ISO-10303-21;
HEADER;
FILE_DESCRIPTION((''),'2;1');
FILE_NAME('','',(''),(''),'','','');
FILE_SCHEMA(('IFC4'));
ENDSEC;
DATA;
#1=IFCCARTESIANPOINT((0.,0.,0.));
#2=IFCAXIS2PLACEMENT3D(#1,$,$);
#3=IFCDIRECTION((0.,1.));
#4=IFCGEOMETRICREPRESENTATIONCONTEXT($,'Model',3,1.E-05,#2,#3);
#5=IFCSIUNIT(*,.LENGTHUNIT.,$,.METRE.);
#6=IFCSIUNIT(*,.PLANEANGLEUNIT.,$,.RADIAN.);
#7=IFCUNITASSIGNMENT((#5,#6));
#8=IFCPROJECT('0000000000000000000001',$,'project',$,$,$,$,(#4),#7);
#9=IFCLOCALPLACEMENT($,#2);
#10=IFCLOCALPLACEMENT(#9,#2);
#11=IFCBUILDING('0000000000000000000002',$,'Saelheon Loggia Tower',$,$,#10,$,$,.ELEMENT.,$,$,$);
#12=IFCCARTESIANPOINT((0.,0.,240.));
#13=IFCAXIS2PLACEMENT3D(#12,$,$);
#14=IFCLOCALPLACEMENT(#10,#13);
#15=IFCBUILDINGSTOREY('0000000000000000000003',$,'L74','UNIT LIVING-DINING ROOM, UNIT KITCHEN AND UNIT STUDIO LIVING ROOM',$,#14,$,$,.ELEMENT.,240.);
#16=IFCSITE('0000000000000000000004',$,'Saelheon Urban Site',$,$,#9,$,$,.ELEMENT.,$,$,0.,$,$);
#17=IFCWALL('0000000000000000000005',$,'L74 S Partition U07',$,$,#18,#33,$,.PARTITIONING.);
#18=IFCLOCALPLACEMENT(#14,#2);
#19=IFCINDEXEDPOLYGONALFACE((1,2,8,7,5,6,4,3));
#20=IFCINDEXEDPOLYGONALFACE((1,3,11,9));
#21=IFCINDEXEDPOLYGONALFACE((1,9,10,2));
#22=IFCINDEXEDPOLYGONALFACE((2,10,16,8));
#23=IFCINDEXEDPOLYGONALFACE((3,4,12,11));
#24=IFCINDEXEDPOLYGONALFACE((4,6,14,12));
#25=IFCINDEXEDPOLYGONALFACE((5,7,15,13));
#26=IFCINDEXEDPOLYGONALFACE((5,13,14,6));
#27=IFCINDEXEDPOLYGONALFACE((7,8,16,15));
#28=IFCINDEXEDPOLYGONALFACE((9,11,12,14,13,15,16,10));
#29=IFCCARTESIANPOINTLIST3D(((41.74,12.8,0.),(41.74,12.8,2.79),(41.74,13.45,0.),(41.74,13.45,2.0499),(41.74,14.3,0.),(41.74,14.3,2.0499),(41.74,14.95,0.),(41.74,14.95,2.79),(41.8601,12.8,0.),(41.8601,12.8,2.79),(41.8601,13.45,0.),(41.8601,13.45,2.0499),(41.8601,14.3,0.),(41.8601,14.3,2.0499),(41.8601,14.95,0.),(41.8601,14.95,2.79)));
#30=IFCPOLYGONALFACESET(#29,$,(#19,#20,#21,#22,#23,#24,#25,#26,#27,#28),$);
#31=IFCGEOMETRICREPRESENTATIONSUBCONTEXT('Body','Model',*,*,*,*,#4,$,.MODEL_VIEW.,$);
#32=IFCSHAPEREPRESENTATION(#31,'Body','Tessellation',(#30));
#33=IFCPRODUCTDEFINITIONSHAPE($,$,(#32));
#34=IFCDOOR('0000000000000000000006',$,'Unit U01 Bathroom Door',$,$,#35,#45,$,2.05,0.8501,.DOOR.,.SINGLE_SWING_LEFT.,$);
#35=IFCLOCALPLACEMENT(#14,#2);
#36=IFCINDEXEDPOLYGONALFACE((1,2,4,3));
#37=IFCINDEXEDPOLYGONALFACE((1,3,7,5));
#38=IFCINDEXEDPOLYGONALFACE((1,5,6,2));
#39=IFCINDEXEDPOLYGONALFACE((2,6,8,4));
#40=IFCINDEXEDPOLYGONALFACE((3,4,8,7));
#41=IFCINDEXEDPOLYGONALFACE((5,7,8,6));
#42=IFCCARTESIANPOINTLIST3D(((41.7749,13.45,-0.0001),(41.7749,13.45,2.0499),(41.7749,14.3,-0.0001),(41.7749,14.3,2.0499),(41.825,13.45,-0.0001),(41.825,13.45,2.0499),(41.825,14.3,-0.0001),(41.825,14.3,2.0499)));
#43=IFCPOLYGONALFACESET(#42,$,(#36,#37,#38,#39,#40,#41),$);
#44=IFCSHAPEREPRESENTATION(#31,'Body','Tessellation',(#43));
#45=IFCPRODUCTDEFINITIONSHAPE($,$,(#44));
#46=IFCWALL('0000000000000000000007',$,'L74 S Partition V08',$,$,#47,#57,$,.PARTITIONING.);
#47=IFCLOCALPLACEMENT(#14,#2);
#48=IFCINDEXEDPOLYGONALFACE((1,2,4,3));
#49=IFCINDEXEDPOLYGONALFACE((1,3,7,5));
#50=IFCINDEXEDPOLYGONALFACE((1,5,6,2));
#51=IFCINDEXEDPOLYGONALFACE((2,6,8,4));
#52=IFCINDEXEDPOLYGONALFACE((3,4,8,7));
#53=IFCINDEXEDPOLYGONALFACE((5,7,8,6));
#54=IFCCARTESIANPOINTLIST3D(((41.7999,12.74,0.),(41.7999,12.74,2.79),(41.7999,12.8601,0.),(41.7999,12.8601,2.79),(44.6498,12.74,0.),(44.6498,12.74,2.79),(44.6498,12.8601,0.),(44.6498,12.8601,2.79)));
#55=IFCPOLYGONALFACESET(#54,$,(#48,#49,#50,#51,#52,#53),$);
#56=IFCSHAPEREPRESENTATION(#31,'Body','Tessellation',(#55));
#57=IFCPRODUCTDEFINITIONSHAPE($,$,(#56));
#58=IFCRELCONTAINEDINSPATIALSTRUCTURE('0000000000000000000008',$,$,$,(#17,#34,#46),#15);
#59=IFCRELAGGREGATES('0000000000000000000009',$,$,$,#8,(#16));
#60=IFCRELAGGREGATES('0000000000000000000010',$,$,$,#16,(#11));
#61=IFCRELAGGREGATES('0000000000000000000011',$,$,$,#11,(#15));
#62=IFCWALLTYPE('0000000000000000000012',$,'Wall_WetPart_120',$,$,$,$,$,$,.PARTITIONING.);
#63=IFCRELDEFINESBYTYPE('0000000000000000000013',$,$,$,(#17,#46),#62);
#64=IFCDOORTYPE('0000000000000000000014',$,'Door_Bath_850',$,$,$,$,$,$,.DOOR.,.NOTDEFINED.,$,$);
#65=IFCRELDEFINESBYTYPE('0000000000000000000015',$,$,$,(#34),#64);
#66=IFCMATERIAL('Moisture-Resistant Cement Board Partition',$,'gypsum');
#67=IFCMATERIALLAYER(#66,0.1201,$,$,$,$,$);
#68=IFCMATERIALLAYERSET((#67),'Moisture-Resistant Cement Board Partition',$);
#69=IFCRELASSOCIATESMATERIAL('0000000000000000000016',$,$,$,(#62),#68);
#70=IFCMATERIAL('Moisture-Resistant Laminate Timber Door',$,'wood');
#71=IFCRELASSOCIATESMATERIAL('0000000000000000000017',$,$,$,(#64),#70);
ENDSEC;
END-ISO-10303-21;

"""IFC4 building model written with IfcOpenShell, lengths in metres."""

from ifc_helpers import new_model, si_unit, direction, frame, frame_2d, origin, place, context, subcontext, project, spatial, rectangle, extrude, source, transform, mapped, material, layer, layer_set, type_object, element, fill, save


model = new_model("IFC4")

# Units and contexts
model_context = context("Model", 3, precision=1e-05, world=origin(), true_north=direction((0.0, 1.0)))
body_context = subcontext(model_context, "Body", "Model", "MODEL_VIEW")
ifc_project = project(units=[si_unit("LENGTHUNIT", "METRE"), si_unit("PLANEANGLEUNIT", "RADIAN")], contexts=[model_context])

# Site, building, storey
site_placement = place(None, origin())
site = spatial("IfcSite", under=ifc_project, at=site_placement, Name="Saelheon Urban Site", CompositionType="ELEMENT", RefElevation=0.0)
building_placement = place(site_placement, origin())
building = spatial("IfcBuilding", under=site, at=building_placement, Name="Saelheon Loggia Tower", CompositionType="ELEMENT")
storey_placement = place(building_placement, frame((0.0, 0.0, 240.0)))
storey = spatial("IfcBuildingStorey", under=building, at=storey_placement, Name="L74", Description="UNIT LIVING-DINING ROOM, UNIT KITCHEN AND UNIT STUDIO LIVING ROOM", CompositionType="ELEMENT", Elevation=240.0)

# Wall, opening, door
ifc_material_1 = material(Name="Moisture-Resistant Cement Board Partition", Category="gypsum")
ifc_layer_1 = layer(ifc_material_1, 0.1201)
ifc_layer_set_1 = layer_set([ifc_layer_1], Name="Moisture-Resistant Cement Board Partition")
wall_type_1 = type_object("IfcWallType", Name="Wall_WetPart_120", PredefinedType="PARTITIONING", material=ifc_layer_set_1)
wall_1_placement = place(storey_placement, frame((41.8, 14.95, 0.0), z_axis=(0.0, 0.0, 1.0), x_axis=(0.0, -1.0, 0.0)))
wall_1 = element("IfcWall", 1, at=wall_1_placement, inside=storey, type_object=wall_type_1, Name="L74 S Partition U07", PredefinedType="PARTITIONING", context=body_context, shape_type="SweptSolid", body=[
    extrude(rectangle(XDim=2.1499, YDim=0.1201, at=frame_2d((1.075, 0.0))), origin(), (0.0, 0.0, 1.0), 2.79),
])
opening_1_placement = place(wall_1_placement, frame((0.6499, 0.0, 0.0)))
opening_1 = element("IfcOpeningElement", 2, at=opening_1_placement, cuts=wall_1, PredefinedType="OPENING", context=body_context, shape_type="SweptSolid", body=[
    extrude(rectangle(XDim=0.8501, YDim=2.05, at=frame_2d((0.425, 1.0249))), frame((0.0, 0.072, 0.0), z_axis=(0.0, -1.0, 0.0), x_axis=(1.0, 0.0, 0.0)), (0.0, 0.0, 1.0), 0.144),
])
ifc_material_2 = material(Name="Moisture-Resistant Laminate Timber Door", Category="wood")
door_type_1 = type_object("IfcDoorType", Name="Door_Bath_850", OperationType="NOTDEFINED", PredefinedType="DOOR", material=ifc_material_2)
shared_shape_1 = source(origin(), body_context, "Body", "SweptSolid", [
    extrude(rectangle(XDim=0.8501, YDim=2.05, at=frame_2d((0.425, 1.0249))), frame((0.0, 0.0249, 0.0), z_axis=(0.0, -1.0, 0.0), x_axis=(1.0, 0.0, 0.0)), (0.0, 0.0, 1.0), 0.05),
])
door_1_placement = place(opening_1_placement, origin())
door_1 = element("IfcDoor", 3, at=door_1_placement, inside=storey, type_object=door_type_1, Name="Unit U01 Bathroom Door", OperationType="SINGLE_SWING_LEFT", OverallHeight=2.05, OverallWidth=0.8501, PredefinedType="DOOR", context=body_context, shape_type="MappedRepresentation", body=[
    mapped(shared_shape_1, transform((0.0, 0.0, 0.0), scale=1.0)),
])
fill(opening_1, door_1)

# Wall
wall_2_placement = place(storey_placement, frame((41.8, 12.8, 0.0), z_axis=(0.0, 0.0, 1.0), x_axis=(1.0, 0.0, 0.0)))
element("IfcWall", 4, at=wall_2_placement, inside=storey, type_object=wall_type_1, Name="L74 S Partition V08", PredefinedType="PARTITIONING", context=body_context, shape_type="SweptSolid", body=[
    extrude(rectangle(XDim=2.8499, YDim=0.1201, at=frame_2d((1.4248, 0.0))), origin(), (0.0, 0.0, 1.0), 2.79),
])

save(model, "model.ifc")
